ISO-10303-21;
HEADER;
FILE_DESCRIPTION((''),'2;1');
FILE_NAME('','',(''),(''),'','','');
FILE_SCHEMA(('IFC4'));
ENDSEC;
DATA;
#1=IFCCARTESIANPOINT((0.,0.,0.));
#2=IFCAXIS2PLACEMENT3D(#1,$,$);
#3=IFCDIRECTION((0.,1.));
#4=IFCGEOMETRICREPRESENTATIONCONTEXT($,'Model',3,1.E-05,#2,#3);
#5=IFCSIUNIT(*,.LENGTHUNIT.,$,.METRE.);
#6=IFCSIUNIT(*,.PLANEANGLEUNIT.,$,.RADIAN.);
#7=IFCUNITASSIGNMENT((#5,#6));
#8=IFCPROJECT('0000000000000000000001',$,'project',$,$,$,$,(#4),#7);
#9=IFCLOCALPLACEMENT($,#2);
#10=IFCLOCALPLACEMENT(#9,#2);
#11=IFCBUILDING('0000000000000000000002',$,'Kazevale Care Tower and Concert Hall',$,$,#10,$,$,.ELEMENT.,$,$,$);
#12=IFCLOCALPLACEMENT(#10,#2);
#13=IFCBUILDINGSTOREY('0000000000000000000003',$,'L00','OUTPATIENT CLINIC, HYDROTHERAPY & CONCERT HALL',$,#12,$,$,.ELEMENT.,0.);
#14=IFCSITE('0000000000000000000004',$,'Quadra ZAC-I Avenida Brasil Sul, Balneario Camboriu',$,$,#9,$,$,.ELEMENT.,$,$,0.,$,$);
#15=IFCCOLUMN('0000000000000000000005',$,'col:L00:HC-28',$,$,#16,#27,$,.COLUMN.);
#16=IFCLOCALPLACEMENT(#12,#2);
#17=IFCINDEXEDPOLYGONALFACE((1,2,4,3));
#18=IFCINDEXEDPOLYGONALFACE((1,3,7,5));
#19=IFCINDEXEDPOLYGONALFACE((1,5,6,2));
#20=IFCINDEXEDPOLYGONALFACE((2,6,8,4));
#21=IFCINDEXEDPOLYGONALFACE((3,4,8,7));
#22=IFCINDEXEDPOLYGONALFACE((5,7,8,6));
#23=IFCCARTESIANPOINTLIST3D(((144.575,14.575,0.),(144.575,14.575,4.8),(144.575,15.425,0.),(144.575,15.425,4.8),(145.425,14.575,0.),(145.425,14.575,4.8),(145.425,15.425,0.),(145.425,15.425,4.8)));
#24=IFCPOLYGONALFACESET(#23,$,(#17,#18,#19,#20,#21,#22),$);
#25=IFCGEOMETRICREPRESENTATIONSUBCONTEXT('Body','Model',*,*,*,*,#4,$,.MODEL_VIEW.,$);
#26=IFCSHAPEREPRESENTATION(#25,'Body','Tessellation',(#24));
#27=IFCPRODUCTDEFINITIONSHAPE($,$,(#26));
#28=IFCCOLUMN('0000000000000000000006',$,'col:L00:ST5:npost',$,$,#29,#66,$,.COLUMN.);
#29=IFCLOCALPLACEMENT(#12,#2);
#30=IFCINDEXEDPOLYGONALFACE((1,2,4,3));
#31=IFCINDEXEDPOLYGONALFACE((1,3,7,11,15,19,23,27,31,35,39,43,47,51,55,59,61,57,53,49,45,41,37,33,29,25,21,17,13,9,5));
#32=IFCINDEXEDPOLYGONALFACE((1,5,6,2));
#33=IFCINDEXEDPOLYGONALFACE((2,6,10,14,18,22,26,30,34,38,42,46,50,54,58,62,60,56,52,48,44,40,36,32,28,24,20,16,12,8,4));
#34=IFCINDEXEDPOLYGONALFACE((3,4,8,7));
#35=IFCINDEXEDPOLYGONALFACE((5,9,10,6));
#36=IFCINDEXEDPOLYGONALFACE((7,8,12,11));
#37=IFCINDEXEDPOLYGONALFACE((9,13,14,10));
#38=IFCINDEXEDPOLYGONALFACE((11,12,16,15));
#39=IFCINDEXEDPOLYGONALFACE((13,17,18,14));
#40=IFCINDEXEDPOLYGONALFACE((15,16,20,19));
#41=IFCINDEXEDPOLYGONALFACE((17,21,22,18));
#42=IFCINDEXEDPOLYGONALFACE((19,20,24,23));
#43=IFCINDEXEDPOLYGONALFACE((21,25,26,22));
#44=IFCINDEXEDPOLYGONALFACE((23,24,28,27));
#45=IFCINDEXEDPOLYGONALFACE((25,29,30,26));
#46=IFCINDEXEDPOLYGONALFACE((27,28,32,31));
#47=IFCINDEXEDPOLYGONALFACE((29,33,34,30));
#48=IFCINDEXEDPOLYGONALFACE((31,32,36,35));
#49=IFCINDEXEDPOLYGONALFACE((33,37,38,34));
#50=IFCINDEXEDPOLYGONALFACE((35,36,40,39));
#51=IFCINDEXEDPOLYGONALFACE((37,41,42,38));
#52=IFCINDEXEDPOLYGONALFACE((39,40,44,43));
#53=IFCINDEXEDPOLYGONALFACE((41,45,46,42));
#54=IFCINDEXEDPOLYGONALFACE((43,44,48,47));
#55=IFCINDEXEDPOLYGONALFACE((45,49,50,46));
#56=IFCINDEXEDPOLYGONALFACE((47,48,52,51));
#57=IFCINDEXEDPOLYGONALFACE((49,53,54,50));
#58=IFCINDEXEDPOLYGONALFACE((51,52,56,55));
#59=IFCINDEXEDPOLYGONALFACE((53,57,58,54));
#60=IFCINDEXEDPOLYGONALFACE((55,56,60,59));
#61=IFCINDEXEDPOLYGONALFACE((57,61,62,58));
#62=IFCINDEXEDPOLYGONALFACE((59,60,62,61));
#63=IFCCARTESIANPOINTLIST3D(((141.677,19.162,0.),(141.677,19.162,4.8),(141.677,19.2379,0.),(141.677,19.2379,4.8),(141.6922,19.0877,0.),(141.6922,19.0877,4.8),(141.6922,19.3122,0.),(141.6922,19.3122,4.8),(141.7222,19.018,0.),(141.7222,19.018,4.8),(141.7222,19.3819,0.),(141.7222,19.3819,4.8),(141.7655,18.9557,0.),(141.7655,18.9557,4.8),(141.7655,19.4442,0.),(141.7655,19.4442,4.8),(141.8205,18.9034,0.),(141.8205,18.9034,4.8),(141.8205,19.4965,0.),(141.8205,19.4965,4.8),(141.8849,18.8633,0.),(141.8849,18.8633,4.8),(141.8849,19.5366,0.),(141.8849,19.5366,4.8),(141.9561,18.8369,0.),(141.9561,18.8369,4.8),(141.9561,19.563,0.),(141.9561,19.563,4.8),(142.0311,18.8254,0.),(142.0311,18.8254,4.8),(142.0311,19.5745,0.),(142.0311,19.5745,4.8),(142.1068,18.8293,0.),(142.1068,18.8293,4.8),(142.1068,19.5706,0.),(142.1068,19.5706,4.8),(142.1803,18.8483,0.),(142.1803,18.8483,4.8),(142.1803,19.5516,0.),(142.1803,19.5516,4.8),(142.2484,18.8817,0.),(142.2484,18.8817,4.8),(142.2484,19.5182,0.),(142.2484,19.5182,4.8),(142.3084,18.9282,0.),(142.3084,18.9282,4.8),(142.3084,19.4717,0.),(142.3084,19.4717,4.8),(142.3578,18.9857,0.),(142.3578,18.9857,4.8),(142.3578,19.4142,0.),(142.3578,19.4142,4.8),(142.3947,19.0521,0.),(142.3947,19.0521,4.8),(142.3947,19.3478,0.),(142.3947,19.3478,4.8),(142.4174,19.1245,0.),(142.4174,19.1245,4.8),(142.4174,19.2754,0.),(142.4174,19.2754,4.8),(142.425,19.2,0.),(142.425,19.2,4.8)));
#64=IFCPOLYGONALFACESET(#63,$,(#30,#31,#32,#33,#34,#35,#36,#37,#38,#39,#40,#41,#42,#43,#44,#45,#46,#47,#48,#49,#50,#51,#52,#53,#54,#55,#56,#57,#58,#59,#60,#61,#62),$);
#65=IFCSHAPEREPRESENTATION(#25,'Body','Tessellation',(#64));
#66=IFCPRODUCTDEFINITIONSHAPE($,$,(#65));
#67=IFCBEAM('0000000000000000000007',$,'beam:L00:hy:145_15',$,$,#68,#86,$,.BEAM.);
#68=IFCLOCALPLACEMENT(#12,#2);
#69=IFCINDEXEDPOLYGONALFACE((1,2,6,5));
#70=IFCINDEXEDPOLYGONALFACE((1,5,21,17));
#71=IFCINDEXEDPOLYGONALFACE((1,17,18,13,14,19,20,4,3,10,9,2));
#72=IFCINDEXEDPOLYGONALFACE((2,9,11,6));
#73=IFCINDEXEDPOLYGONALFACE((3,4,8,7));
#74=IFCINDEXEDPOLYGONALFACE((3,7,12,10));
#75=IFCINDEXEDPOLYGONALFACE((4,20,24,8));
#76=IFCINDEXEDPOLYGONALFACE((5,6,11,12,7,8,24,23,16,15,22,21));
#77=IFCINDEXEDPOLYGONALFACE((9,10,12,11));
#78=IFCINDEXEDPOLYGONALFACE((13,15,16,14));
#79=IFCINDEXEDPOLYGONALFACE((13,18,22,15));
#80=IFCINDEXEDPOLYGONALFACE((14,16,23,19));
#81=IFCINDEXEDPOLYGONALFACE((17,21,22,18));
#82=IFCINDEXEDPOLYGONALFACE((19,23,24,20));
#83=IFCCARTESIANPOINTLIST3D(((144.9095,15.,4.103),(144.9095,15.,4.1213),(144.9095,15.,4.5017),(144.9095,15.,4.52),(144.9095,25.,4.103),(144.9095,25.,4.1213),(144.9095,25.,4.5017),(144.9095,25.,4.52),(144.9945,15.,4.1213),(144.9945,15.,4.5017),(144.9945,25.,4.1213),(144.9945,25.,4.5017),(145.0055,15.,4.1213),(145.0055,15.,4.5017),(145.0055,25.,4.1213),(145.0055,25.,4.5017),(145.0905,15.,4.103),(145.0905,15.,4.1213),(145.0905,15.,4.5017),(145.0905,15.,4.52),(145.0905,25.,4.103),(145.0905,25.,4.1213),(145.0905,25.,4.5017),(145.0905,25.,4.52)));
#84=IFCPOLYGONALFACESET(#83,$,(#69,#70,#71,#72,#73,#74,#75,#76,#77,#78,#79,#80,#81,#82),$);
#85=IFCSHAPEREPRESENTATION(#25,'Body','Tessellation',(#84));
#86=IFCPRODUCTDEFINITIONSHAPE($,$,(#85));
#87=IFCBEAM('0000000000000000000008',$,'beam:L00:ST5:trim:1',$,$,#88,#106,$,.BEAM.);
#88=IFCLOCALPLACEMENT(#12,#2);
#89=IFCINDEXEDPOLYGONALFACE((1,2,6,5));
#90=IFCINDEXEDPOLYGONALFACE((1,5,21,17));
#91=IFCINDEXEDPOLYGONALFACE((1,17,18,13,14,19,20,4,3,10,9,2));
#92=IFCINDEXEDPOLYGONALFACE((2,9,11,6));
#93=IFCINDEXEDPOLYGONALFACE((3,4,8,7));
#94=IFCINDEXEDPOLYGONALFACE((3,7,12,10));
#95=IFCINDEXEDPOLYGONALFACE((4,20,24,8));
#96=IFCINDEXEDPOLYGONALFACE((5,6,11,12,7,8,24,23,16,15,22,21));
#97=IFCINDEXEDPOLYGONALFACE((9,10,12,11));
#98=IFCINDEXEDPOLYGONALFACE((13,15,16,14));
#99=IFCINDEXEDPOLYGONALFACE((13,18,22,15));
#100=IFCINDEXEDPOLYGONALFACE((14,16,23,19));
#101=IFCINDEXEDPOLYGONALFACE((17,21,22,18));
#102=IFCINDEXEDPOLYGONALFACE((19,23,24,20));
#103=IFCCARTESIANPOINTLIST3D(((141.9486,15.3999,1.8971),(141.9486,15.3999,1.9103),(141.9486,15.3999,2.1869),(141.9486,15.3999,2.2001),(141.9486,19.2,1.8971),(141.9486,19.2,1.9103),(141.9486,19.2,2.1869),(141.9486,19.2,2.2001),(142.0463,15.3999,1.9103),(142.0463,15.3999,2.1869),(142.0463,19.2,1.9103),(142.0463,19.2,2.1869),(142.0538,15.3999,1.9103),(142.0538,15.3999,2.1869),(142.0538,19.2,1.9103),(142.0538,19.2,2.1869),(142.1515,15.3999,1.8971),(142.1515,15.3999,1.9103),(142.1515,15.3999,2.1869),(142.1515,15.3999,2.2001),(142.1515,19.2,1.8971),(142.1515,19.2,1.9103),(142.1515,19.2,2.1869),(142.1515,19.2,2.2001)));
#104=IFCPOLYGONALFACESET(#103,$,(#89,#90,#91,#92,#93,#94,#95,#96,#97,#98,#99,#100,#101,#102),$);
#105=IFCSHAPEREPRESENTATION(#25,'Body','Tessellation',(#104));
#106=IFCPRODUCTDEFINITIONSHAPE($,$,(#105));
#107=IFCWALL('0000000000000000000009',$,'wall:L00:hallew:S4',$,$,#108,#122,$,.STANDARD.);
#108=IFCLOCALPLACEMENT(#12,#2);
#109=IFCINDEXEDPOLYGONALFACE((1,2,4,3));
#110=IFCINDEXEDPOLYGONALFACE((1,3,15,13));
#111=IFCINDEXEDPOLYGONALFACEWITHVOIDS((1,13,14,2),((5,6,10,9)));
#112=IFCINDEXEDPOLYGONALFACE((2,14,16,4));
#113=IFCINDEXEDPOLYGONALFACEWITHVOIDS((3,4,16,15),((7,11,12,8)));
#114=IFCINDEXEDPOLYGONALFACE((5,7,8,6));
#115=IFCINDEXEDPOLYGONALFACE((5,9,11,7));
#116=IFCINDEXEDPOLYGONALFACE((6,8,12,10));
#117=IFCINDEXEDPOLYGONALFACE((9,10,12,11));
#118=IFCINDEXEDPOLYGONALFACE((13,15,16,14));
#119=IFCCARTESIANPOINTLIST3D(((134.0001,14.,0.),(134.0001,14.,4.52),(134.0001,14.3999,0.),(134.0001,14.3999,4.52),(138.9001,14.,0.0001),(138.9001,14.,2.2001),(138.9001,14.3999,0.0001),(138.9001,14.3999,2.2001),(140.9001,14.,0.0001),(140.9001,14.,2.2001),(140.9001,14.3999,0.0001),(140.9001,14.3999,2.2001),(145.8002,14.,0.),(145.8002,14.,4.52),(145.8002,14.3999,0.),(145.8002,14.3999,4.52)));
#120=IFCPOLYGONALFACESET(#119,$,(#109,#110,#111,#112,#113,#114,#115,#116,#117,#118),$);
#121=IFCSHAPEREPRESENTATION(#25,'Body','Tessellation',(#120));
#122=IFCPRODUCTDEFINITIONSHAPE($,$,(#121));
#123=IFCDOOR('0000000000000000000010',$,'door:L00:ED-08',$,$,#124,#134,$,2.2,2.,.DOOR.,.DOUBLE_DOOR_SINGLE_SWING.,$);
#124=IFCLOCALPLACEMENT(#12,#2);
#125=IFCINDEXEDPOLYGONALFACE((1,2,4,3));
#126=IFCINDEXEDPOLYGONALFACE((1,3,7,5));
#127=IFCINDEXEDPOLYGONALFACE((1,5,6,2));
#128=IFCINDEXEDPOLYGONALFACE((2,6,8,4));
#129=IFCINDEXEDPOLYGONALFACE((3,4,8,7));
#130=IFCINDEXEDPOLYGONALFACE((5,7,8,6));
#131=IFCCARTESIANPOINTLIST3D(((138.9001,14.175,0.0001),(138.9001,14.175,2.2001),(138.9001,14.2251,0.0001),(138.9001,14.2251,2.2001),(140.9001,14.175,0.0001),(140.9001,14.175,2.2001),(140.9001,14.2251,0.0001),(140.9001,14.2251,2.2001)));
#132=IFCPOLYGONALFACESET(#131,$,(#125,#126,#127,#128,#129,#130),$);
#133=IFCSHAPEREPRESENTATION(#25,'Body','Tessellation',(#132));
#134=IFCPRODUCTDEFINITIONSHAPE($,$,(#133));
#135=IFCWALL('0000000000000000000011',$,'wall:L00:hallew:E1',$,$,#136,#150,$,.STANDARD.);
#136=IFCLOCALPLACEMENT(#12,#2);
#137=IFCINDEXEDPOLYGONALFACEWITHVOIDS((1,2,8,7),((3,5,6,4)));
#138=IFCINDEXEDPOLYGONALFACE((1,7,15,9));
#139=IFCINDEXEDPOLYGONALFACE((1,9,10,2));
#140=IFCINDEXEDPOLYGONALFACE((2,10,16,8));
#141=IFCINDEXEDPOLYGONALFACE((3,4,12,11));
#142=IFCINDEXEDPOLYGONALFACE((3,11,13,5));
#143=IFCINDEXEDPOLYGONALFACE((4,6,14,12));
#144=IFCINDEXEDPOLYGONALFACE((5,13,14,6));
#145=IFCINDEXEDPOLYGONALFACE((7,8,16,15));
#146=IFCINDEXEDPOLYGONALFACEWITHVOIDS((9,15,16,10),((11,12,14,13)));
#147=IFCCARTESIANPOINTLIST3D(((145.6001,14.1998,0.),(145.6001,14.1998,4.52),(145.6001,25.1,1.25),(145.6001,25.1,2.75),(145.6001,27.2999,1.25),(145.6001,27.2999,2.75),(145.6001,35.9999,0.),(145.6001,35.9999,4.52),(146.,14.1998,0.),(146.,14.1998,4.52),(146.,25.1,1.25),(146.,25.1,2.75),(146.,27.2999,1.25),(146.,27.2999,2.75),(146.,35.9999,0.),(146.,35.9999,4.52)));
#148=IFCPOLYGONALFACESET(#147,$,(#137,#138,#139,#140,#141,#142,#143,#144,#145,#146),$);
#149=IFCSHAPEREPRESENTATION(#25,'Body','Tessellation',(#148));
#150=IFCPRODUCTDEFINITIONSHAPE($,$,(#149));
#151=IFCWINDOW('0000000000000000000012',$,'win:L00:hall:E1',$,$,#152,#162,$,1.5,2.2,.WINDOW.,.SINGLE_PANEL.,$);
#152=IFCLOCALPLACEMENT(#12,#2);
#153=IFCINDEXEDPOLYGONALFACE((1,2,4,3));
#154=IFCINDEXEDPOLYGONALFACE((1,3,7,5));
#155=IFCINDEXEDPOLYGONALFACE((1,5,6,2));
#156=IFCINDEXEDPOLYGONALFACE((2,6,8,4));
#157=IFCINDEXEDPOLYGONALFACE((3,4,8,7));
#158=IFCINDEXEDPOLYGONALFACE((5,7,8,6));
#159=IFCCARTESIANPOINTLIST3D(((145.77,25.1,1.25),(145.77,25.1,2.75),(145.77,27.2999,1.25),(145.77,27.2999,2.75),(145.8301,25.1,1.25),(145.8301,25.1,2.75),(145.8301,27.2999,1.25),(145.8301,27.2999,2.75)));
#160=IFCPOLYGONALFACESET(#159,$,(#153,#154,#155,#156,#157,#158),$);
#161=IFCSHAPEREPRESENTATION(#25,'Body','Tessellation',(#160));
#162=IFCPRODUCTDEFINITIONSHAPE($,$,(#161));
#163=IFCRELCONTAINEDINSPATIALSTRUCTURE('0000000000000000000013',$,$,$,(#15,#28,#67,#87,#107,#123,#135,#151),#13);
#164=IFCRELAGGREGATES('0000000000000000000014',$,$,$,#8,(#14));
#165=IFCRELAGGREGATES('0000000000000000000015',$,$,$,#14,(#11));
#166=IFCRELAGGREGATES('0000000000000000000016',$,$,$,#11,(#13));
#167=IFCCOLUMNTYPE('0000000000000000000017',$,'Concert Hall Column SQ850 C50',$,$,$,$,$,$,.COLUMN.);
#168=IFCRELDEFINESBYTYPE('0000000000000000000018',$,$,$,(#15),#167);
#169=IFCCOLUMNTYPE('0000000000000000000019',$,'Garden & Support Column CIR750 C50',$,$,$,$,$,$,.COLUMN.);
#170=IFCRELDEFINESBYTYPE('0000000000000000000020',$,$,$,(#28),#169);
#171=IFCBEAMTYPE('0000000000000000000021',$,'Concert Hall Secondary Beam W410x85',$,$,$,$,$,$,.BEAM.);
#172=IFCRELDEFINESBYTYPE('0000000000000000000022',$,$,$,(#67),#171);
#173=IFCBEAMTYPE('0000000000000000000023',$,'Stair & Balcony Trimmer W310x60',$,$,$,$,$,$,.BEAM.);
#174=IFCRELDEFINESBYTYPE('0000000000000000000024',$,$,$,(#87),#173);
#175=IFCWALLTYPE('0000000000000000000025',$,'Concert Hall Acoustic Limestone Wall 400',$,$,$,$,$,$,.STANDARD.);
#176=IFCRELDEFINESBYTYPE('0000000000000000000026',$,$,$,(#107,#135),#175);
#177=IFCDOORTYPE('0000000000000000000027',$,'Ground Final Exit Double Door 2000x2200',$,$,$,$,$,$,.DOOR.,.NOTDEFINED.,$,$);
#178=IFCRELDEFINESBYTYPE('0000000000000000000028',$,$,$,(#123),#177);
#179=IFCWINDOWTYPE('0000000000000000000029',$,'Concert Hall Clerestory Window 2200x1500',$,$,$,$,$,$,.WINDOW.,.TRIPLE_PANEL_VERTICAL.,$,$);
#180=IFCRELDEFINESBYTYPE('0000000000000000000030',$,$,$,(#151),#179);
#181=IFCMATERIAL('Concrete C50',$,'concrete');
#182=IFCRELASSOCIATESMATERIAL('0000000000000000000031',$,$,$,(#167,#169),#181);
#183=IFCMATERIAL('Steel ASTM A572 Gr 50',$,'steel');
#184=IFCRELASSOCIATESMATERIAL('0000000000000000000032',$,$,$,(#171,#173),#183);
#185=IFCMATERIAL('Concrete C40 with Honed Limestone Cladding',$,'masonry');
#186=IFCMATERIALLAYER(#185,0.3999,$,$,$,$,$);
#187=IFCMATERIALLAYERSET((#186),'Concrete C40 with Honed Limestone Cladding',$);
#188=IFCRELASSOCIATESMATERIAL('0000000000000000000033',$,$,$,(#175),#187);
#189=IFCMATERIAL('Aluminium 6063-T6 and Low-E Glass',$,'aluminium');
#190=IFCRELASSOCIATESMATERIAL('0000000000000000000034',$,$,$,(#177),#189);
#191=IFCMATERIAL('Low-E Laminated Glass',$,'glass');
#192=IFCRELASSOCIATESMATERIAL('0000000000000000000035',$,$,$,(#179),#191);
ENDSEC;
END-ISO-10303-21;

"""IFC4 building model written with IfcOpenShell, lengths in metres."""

from ifc_helpers import new_model, si_unit, direction, frame, frame_2d, origin, origin_2d, place, context, subcontext, project, spatial, rectangle, circle, i_section, extrude, material, layer, layer_set, material_profile, profile_set, type_object, element, fill, save


model = new_model("IFC4")

# Units and contexts
model_context = context("Model", 3, precision=1e-05, world=origin(), true_north=direction((0.0, 1.0)))
body_context = subcontext(model_context, "Body", "Model", "MODEL_VIEW")
ifc_project = project(units=[si_unit("LENGTHUNIT", "METRE"), si_unit("PLANEANGLEUNIT", "RADIAN")], contexts=[model_context])

# Site, building, storey
site_placement = place(None, origin())
site = spatial("IfcSite", under=ifc_project, at=site_placement, Name="Quadra ZAC-I Avenida Brasil Sul, Balneario Camboriu", CompositionType="ELEMENT", RefElevation=0.0)
building_placement = place(site_placement, origin())
building = spatial("IfcBuilding", under=site, at=building_placement, Name="Kazevale Care Tower and Concert Hall", CompositionType="ELEMENT")
storey_placement = place(building_placement, origin())
storey = spatial("IfcBuildingStorey", under=building, at=storey_placement, Name="L00", Description="OUTPATIENT CLINIC, HYDROTHERAPY & CONCERT HALL", CompositionType="ELEMENT", Elevation=0.0)

# Columns
ifc_material_1 = material(Name="Concrete C50", Category="concrete")
ifc_material_profile_1 = material_profile(ifc_material_1, rectangle(XDim=0.8501, YDim=0.8501, at=origin_2d()), Name="RC-SQ850")
ifc_profile_set_1 = profile_set([ifc_material_profile_1], Name="Concrete C50")
column_type_1 = type_object("IfcColumnType", Name="Concert Hall Column SQ850 C50", PredefinedType="COLUMN", material=ifc_profile_set_1)
column_1_placement = place(storey_placement, frame((145.0, 15.0, 0.0), z_axis=(0.0, 0.0, 1.0), x_axis=(1.0, 0.0, 0.0)))
element("IfcColumn", 1, at=column_1_placement, inside=storey, type_object=column_type_1, Name="col:L00:HC-28", PredefinedType="COLUMN", context=body_context, shape_type="SweptSolid", body=[
    extrude(rectangle(XDim=0.8501, YDim=0.8501, at=origin_2d()), origin(), (0.0, 0.0, 1.0), 4.8),
])
ifc_material_profile_2 = material_profile(ifc_material_1, circle(Radius=0.375, at=origin_2d()), Name="RC-CIR750")
ifc_profile_set_2 = profile_set([ifc_material_profile_2], Name="Concrete C50")
column_type_2 = type_object("IfcColumnType", Name="Garden & Support Column CIR750 C50", PredefinedType="COLUMN", material=ifc_profile_set_2)
column_2_placement = place(storey_placement, frame((142.05, 19.2, 0.0), z_axis=(0.0, 0.0, 1.0), x_axis=(1.0, 0.0, 0.0)))
element("IfcColumn", 2, at=column_2_placement, inside=storey, type_object=column_type_2, Name="col:L00:ST5:npost", PredefinedType="COLUMN", context=body_context, shape_type="SweptSolid", body=[
    extrude(circle(Radius=0.375, at=origin_2d()), origin(), (0.0, 0.0, 1.0), 4.8),
])

# Beams
ifc_material_2 = material(Name="Steel ASTM A572 Gr 50", Category="steel")
ifc_material_profile_3 = material_profile(ifc_material_2, i_section(OverallWidth=0.1809, OverallDepth=0.417, WebThickness=0.011, FlangeThickness=0.0183, at=origin_2d()), Name="W410x85")
ifc_profile_set_3 = profile_set([ifc_material_profile_3], Name="Steel ASTM A572 Gr 50")
beam_type_1 = type_object("IfcBeamType", Name="Concert Hall Secondary Beam W410x85", PredefinedType="BEAM", material=ifc_profile_set_3)
beam_1_placement = place(storey_placement, frame((145.0, 15.0, 4.3115), z_axis=(0.0, 1.0, 0.0), x_axis=(-1.0, 0.0, 0.0)))
element("IfcBeam", 3, at=beam_1_placement, inside=storey, type_object=beam_type_1, Name="beam:L00:hy:145_15", PredefinedType="BEAM", context=body_context, shape_type="SweptSolid", body=[
    extrude(i_section(OverallWidth=0.1809, OverallDepth=0.417, WebThickness=0.011, FlangeThickness=0.0183, at=origin_2d()), origin(), (0.0, 0.0, 1.0), 10.0),
])
ifc_material_profile_4 = material_profile(ifc_material_2, i_section(OverallWidth=0.2029, OverallDepth=0.303, WebThickness=0.0076, FlangeThickness=0.0132, at=origin_2d()), Name="W310x60")
ifc_profile_set_4 = profile_set([ifc_material_profile_4], Name="Steel ASTM A572 Gr 50")
beam_type_2 = type_object("IfcBeamType", Name="Stair & Balcony Trimmer W310x60", PredefinedType="BEAM", material=ifc_profile_set_4)
beam_2_placement = place(storey_placement, frame((142.05, 15.3999, 2.0486), z_axis=(0.0, 1.0, 0.0), x_axis=(-1.0, 0.0, 0.0)))
element("IfcBeam", 4, at=beam_2_placement, inside=storey, type_object=beam_type_2, Name="beam:L00:ST5:trim:1", PredefinedType="BEAM", context=body_context, shape_type="SweptSolid", body=[
    extrude(i_section(OverallWidth=0.2029, OverallDepth=0.303, WebThickness=0.0076, FlangeThickness=0.0132, at=origin_2d()), origin(), (0.0, 0.0, 1.0), 3.8),
])

# Wall, opening, door
ifc_material_3 = material(Name="Concrete C40 with Honed Limestone Cladding", Category="masonry")
ifc_layer_1 = layer(ifc_material_3, 0.3999)
ifc_layer_set_1 = layer_set([ifc_layer_1], Name="Concrete C40 with Honed Limestone Cladding")
wall_type_1 = type_object("IfcWallType", Name="Concert Hall Acoustic Limestone Wall 400", PredefinedType="STANDARD", material=ifc_layer_set_1)
wall_1_placement = place(storey_placement, frame((145.8, 14.2, 0.0), z_axis=(0.0, 0.0, 1.0), x_axis=(-1.0, 0.0, 0.0)))
wall_1 = element("IfcWall", 5, at=wall_1_placement, inside=storey, type_object=wall_type_1, Name="wall:L00:hallew:S4", PredefinedType="STANDARD", context=body_context, shape_type="SweptSolid", body=[
    extrude(rectangle(XDim=11.8, YDim=0.3999, at=frame_2d((5.8999, 0.0))), origin(), (0.0, 0.0, 1.0), 4.52),
])
opening_1_placement = place(wall_1_placement, frame((4.8999, 0.0, 0.0)))
opening_1 = element("IfcOpeningElement", 6, at=opening_1_placement, cuts=wall_1, PredefinedType="OPENING", context=body_context, shape_type="SweptSolid", body=[
    extrude(rectangle(XDim=2.0, YDim=2.2, at=frame_2d((1.0, 1.1001))), frame((0.0, 0.21, 0.0), z_axis=(0.0, -1.0, 0.0), x_axis=(1.0, 0.0, 0.0)), (0.0, 0.0, 1.0), 0.4199),
])
ifc_material_4 = material(Name="Aluminium 6063-T6 and Low-E Glass", Category="aluminium")
door_type = type_object("IfcDoorType", Name="Ground Final Exit Double Door 2000x2200", OperationType="NOTDEFINED", PredefinedType="DOOR", material=ifc_material_4)
door_placement = place(opening_1_placement, origin())
door = element("IfcDoor", 7, at=door_placement, inside=storey, type_object=door_type, Name="door:L00:ED-08", OperationType="DOUBLE_DOOR_SINGLE_SWING", OverallHeight=2.2, OverallWidth=2.0, PredefinedType="DOOR", context=body_context, shape_type="SweptSolid", body=[
    extrude(rectangle(XDim=2.0, YDim=2.2, at=frame_2d((1.0, 1.1001))), frame((0.0, 0.0249, 0.0), z_axis=(0.0, -1.0, 0.0), x_axis=(1.0, 0.0, 0.0)), (0.0, 0.0, 1.0), 0.05),
])
fill(opening_1, door)

# Wall, opening, window
wall_2_placement = place(storey_placement, frame((145.8, 14.2, 0.0), z_axis=(0.0, 0.0, 1.0), x_axis=(0.0, 1.0, 0.0)))
wall_2 = element("IfcWall", 8, at=wall_2_placement, inside=storey, type_object=wall_type_1, Name="wall:L00:hallew:E1", PredefinedType="STANDARD", context=body_context, shape_type="SweptSolid", body=[
    extrude(rectangle(XDim=21.8, YDim=0.3999, at=frame_2d((10.8999, 0.0))), origin(), (0.0, 0.0, 1.0), 4.52),
])
opening_2_placement = place(wall_2_placement, frame((10.8999, 0.0, 1.25)))
opening_2 = element("IfcOpeningElement", 9, at=opening_2_placement, cuts=wall_2, PredefinedType="OPENING", context=body_context, shape_type="SweptSolid", body=[
    extrude(rectangle(XDim=2.2, YDim=1.5, at=frame_2d((1.1001, 0.75))), frame((0.0, 0.21, 0.0), z_axis=(0.0, -1.0, 0.0), x_axis=(1.0, 0.0, 0.0)), (0.0, 0.0, 1.0), 0.4199),
])
ifc_material_5 = material(Name="Low-E Laminated Glass", Category="glass")
window_type = type_object("IfcWindowType", Name="Concert Hall Clerestory Window 2200x1500", PartitioningType="TRIPLE_PANEL_VERTICAL", PredefinedType="WINDOW", material=ifc_material_5)
window_placement = place(opening_2_placement, origin())
window = element("IfcWindow", 10, at=window_placement, inside=storey, type_object=window_type, Name="win:L00:hall:E1", OverallHeight=1.5, OverallWidth=2.2, PartitioningType="SINGLE_PANEL", PredefinedType="WINDOW", context=body_context, shape_type="SweptSolid", body=[
    extrude(rectangle(XDim=2.2, YDim=1.5, at=frame_2d((1.1001, 0.75))), frame((0.0, 0.03, 0.0), z_axis=(0.0, -1.0, 0.0), x_axis=(1.0, 0.0, 0.0)), (0.0, 0.0, 1.0), 0.0601),
])
fill(opening_2, window)

save(model, "model.ifc")
